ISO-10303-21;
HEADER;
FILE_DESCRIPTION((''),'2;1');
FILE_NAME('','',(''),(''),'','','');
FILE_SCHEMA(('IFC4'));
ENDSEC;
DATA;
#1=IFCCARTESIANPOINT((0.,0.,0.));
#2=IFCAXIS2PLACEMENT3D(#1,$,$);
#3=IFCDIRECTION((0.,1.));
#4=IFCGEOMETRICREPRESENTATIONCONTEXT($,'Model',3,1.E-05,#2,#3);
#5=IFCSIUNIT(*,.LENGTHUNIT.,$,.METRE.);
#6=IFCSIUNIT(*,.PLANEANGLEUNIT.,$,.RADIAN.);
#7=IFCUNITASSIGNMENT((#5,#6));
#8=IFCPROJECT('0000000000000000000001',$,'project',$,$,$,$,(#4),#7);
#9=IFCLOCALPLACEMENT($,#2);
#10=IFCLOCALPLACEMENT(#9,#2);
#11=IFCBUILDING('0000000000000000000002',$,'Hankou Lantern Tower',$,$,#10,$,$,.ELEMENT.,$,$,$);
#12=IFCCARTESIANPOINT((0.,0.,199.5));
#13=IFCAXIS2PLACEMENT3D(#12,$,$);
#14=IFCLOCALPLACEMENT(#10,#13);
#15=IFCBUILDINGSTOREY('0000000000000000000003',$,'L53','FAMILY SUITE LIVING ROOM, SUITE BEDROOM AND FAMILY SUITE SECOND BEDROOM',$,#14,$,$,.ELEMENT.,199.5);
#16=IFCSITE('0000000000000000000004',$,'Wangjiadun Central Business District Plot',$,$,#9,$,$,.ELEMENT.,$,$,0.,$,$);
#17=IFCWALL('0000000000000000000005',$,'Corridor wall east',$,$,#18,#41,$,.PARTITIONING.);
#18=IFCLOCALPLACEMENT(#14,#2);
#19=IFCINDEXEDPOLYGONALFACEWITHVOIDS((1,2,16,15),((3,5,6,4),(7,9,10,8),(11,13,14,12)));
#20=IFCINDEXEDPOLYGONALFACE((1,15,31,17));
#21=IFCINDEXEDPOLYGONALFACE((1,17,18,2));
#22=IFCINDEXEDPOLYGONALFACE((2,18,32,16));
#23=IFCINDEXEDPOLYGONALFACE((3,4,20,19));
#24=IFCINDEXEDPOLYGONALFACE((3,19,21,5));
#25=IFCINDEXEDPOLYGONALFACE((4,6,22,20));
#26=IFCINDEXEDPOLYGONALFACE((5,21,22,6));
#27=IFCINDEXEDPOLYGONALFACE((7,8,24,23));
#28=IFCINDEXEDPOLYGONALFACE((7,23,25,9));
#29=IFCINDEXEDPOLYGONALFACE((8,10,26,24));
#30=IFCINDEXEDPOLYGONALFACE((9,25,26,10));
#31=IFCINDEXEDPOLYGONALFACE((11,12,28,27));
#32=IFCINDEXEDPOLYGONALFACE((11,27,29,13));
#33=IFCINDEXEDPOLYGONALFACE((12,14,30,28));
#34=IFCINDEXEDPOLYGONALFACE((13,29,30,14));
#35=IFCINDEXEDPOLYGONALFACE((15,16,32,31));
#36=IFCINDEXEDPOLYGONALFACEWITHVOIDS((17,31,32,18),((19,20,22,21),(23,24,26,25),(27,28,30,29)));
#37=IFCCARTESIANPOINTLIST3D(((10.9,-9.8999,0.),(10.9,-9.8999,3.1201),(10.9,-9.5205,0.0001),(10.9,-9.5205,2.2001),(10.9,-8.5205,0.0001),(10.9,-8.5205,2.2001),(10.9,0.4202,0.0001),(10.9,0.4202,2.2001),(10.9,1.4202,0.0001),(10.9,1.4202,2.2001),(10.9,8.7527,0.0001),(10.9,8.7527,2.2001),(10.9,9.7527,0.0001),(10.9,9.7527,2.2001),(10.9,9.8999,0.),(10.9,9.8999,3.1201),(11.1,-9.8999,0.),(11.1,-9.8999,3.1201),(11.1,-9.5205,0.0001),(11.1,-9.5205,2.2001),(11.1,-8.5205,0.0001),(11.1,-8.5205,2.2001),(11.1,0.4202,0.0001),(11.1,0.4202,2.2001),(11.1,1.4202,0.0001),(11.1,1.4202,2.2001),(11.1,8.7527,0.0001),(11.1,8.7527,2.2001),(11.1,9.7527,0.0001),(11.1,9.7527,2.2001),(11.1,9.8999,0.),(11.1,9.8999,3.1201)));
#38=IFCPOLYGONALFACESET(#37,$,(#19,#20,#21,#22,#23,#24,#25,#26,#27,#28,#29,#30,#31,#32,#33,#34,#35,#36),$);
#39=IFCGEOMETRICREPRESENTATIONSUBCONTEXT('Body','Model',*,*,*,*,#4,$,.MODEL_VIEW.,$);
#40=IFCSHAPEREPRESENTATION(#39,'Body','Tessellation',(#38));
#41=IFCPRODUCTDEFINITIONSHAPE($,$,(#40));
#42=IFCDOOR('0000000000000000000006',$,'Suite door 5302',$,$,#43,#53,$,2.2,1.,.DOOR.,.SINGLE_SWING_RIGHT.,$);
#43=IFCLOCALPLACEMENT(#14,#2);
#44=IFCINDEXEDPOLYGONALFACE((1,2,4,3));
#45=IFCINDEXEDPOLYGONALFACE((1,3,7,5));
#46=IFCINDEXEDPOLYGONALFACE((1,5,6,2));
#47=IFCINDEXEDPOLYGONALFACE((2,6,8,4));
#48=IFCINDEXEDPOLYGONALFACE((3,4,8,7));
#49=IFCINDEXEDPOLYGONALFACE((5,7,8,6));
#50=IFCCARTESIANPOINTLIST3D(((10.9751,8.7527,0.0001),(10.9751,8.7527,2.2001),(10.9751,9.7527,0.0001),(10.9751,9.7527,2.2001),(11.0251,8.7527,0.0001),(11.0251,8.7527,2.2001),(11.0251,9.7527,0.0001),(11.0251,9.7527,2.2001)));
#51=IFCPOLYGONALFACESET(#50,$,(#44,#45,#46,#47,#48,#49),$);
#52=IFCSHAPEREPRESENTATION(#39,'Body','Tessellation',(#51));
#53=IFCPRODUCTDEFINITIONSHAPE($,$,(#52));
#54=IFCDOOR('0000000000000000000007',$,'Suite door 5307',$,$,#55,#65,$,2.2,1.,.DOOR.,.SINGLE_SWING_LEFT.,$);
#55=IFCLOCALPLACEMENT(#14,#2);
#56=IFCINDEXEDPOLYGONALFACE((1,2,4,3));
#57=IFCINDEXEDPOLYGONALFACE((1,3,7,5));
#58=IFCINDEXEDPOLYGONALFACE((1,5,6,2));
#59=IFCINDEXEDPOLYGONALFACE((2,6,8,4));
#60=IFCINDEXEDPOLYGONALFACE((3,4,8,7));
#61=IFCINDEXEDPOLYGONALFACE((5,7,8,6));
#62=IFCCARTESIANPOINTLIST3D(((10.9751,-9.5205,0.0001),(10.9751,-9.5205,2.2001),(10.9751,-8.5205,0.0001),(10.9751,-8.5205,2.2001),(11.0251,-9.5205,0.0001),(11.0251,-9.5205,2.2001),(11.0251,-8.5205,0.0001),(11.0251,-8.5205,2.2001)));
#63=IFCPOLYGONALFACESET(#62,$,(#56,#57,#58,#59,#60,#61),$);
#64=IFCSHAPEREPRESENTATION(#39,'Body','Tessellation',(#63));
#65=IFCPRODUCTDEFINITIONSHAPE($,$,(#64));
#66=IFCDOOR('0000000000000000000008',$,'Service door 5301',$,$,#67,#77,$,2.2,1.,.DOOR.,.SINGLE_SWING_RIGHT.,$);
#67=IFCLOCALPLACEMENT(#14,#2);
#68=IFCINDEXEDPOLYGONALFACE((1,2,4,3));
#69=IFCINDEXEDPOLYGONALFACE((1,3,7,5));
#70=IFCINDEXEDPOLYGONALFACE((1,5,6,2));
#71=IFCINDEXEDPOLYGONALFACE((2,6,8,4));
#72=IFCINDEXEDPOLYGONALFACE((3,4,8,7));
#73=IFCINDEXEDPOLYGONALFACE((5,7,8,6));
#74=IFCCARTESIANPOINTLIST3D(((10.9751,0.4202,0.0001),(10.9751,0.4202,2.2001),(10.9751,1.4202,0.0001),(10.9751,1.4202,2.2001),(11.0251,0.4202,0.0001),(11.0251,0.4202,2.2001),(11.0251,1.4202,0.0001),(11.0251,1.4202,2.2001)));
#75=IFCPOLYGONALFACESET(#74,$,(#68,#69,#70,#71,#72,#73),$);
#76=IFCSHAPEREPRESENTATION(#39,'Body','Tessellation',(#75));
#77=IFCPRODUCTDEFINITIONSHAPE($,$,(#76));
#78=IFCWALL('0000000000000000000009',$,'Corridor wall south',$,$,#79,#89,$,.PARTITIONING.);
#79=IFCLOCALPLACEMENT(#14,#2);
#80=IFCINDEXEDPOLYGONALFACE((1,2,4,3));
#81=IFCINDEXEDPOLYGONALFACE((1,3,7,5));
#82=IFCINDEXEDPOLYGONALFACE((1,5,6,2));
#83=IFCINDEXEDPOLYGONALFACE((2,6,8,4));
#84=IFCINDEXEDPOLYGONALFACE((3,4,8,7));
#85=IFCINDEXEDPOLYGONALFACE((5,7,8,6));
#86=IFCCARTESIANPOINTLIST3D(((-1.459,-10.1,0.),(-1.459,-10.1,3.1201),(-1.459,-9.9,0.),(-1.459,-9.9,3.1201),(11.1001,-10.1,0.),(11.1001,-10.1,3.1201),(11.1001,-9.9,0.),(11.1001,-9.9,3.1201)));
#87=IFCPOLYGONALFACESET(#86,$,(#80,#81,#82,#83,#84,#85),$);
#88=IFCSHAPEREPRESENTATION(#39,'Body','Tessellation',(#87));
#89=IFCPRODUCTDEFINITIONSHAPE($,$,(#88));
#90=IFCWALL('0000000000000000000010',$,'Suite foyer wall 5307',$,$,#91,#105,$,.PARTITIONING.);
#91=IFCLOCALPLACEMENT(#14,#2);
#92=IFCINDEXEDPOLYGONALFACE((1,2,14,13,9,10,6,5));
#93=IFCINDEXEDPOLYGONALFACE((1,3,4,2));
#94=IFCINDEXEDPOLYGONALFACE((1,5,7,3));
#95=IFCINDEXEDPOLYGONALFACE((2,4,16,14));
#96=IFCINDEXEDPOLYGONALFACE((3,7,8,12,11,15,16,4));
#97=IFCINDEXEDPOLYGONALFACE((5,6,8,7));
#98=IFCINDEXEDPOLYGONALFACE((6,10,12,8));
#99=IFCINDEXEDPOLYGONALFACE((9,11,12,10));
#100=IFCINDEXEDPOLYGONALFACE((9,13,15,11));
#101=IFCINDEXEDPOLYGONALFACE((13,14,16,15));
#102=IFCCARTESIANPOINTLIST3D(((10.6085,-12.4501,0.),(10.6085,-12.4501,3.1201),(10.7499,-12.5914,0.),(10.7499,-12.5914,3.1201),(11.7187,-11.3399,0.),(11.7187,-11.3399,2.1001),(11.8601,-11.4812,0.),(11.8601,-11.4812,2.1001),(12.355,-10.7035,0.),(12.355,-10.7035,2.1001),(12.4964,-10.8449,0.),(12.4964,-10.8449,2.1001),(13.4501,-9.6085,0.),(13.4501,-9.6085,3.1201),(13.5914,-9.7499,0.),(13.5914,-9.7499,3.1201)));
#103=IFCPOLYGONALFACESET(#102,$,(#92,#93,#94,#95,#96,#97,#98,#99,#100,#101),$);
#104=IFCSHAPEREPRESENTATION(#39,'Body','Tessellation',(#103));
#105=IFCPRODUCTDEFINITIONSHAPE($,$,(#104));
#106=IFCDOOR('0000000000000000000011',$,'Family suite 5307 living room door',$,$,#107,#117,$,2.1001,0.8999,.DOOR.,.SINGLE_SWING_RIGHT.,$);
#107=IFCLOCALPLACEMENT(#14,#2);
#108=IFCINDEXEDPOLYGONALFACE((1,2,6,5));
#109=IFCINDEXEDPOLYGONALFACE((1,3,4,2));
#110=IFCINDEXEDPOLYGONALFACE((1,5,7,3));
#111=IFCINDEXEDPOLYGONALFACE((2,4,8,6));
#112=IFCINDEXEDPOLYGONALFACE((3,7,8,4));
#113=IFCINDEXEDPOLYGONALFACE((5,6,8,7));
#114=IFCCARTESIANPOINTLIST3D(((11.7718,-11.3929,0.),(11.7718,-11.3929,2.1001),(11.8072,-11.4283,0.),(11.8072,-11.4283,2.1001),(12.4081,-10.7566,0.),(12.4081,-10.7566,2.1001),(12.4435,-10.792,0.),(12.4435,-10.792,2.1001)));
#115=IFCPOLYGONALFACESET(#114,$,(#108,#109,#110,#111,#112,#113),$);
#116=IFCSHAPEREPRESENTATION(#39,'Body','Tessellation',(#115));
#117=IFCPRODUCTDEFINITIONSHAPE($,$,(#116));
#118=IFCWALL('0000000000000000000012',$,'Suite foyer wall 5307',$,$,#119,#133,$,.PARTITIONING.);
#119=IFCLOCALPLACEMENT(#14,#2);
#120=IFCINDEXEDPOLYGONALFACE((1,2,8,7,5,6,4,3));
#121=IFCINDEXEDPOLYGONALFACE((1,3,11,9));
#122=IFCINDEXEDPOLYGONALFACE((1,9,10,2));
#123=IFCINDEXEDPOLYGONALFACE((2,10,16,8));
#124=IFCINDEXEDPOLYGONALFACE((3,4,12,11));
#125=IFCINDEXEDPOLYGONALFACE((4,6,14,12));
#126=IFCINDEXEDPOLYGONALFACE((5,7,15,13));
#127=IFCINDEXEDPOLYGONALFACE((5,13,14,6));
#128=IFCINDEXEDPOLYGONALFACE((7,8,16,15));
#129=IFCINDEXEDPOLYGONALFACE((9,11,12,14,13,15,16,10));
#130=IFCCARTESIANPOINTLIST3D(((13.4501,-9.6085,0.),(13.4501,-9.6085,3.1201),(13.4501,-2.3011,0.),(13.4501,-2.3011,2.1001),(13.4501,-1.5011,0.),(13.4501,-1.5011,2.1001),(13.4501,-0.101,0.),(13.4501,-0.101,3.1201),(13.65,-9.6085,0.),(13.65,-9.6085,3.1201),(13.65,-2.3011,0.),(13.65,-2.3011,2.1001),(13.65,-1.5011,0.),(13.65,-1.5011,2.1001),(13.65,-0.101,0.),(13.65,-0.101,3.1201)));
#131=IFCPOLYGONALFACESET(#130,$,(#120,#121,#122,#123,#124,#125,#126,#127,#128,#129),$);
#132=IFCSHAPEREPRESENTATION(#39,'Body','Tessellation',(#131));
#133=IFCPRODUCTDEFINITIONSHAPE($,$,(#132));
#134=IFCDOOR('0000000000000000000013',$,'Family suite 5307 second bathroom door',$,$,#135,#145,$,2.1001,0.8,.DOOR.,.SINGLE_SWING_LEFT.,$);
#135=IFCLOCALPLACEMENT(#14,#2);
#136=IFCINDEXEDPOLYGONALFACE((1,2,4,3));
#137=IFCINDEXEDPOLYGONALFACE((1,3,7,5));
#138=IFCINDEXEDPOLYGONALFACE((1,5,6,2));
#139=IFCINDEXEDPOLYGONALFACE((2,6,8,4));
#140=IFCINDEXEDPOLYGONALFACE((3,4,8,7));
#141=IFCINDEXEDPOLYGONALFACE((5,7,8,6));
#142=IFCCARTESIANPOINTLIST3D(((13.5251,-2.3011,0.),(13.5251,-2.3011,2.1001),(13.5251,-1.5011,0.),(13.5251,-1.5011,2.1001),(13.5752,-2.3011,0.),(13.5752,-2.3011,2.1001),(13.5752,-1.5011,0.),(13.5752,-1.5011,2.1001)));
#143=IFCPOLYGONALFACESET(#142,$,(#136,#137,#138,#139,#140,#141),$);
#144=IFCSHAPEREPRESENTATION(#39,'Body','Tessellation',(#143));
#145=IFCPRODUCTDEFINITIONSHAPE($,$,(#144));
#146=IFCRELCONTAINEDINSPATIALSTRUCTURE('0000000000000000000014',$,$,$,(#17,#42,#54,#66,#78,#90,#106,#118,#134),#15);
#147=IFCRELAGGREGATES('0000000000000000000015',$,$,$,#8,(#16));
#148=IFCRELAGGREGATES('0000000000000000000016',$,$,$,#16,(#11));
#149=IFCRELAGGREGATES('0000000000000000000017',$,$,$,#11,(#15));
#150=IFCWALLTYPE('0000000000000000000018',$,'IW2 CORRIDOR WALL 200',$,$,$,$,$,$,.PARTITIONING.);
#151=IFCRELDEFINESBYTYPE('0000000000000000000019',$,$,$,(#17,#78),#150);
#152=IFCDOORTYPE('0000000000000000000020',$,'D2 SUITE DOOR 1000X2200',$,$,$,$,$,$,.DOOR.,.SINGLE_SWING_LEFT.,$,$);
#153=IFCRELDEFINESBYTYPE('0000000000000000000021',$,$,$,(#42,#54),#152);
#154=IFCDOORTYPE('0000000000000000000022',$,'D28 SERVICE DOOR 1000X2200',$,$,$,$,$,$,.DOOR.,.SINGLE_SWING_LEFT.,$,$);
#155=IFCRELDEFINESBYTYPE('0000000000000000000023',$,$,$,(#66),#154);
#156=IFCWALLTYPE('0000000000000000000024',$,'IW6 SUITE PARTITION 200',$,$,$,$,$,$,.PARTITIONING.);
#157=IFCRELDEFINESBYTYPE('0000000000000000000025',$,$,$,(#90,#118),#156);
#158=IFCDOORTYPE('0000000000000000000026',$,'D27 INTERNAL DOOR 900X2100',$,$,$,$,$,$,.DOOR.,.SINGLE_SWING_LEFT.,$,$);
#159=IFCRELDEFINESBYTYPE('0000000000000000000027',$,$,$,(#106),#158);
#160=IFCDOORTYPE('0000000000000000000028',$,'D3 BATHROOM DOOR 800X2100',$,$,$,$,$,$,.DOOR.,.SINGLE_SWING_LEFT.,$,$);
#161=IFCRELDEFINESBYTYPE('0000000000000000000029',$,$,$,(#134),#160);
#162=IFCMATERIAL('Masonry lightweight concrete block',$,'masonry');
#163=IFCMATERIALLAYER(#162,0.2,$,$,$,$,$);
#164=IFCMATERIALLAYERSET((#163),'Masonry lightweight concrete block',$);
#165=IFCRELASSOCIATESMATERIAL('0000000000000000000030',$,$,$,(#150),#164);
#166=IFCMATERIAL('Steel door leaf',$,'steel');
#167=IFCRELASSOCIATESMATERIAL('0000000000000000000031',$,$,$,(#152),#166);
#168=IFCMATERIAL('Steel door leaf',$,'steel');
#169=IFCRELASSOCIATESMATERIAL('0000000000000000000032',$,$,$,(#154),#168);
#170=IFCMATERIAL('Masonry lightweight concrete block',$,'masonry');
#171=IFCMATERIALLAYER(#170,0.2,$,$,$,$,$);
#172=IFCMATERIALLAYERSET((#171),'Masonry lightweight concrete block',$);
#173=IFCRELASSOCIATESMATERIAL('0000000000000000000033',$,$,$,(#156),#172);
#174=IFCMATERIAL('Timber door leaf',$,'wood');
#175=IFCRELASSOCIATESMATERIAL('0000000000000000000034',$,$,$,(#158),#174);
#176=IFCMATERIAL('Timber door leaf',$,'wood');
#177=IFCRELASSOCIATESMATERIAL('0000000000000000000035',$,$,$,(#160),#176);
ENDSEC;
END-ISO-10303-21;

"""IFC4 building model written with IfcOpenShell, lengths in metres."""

from ifc_helpers import new_model, si_unit, direction, frame, frame_2d, origin, place, context, subcontext, project, spatial, rectangle, extrude, material, layer, layer_set, type_object, element, fill, save


model = new_model("IFC4")

# Units and contexts
model_context = context("Model", 3, precision=1e-05, world=origin(), true_north=direction((0.0, 1.0)))
body_context = subcontext(model_context, "Body", "Model", "MODEL_VIEW")
ifc_project = project(units=[si_unit("LENGTHUNIT", "METRE"), si_unit("PLANEANGLEUNIT", "RADIAN")], contexts=[model_context])

# Site, building, storey
site_placement = place(None, origin())
site = spatial("IfcSite", under=ifc_project, at=site_placement, Name="Wangjiadun Central Business District Plot", CompositionType="ELEMENT", RefElevation=0.0)
building_placement = place(site_placement, origin())
building = spatial("IfcBuilding", under=site, at=building_placement, Name="Hankou Lantern Tower", CompositionType="ELEMENT")
storey_placement = place(building_placement, frame((0.0, 0.0, 199.5)))
storey = spatial("IfcBuildingStorey", under=building, at=storey_placement, Name="L53", Description="FAMILY SUITE LIVING ROOM, SUITE BEDROOM AND FAMILY SUITE SECOND BEDROOM", CompositionType="ELEMENT", Elevation=199.5)

# Wall, openings, doors
ifc_material_1 = material(Name="Masonry lightweight concrete block", Category="masonry")
ifc_layer_1 = layer(ifc_material_1, 0.2)
ifc_layer_set_1 = layer_set([ifc_layer_1], Name="Masonry lightweight concrete block")
wall_type_1 = type_object("IfcWallType", Name="IW2 CORRIDOR WALL 200", PredefinedType="PARTITIONING", material=ifc_layer_set_1)
wall_1_placement = place(storey_placement, frame((11.0, -9.8999, 0.0), z_axis=(0.0, 0.0, 1.0), x_axis=(0.0, 1.0, 0.0)))
wall_1 = element("IfcWall", 1, at=wall_1_placement, inside=storey, type_object=wall_type_1, Name="Corridor wall east", PredefinedType="PARTITIONING", context=body_context, shape_type="SweptSolid", body=[
    extrude(rectangle(XDim=19.7998, YDim=0.2, at=frame_2d((9.8999, 0.0))), origin(), (0.0, 0.0, 1.0), 3.1201),
])
opening_1_placement = place(wall_1_placement, frame((10.3201, 0.0, 0.0)))
opening_1 = element("IfcOpeningElement", 2, at=opening_1_placement, cuts=wall_1, PredefinedType="OPENING", context=body_context, shape_type="SweptSolid", body=[
    extrude(rectangle(XDim=1.0, YDim=2.2, at=frame_2d((0.5, 1.1001))), frame((0.0, 0.1099, 0.0), z_axis=(0.0, -1.0, 0.0), x_axis=(1.0, 0.0, 0.0)), (0.0, 0.0, 1.0), 0.22),
])
opening_2_placement = place(wall_1_placement, frame((18.6526, 0.0, 0.0)))
opening_2 = element("IfcOpeningElement", 3, at=opening_2_placement, cuts=wall_1, PredefinedType="OPENING", context=body_context, shape_type="SweptSolid", body=[
    extrude(rectangle(XDim=1.0, YDim=2.2, at=frame_2d((0.5, 1.1001))), frame((0.0, 0.1099, 0.0), z_axis=(0.0, -1.0, 0.0), x_axis=(1.0, 0.0, 0.0)), (0.0, 0.0, 1.0), 0.22),
])
opening_3_placement = place(wall_1_placement, frame((0.3794, 0.0, 0.0)))
opening_3 = element("IfcOpeningElement", 4, at=opening_3_placement, cuts=wall_1, PredefinedType="OPENING", context=body_context, shape_type="SweptSolid", body=[
    extrude(rectangle(XDim=1.0, YDim=2.2, at=frame_2d((0.5, 1.1001))), frame((0.0, 0.1099, 0.0), z_axis=(0.0, -1.0, 0.0), x_axis=(1.0, 0.0, 0.0)), (0.0, 0.0, 1.0), 0.22),
])
ifc_material_2 = material(Name="Steel door leaf", Category="steel")
door_type_1 = type_object("IfcDoorType", Name="D2 SUITE DOOR 1000X2200", OperationType="SINGLE_SWING_LEFT", PredefinedType="DOOR", material=ifc_material_2)
door_1_placement = place(opening_2_placement, origin())
door_1 = element("IfcDoor", 5, at=door_1_placement, inside=storey, type_object=door_type_1, Name="Suite door 5302", OperationType="SINGLE_SWING_RIGHT", OverallHeight=2.2, OverallWidth=1.0, PredefinedType="DOOR", context=body_context, shape_type="SweptSolid", body=[
    extrude(rectangle(XDim=1.0, YDim=2.2, at=frame_2d((0.5, 1.1001))), frame((0.0, 0.0249, 0.0), z_axis=(0.0, -1.0, 0.0), x_axis=(1.0, 0.0, 0.0)), (0.0, 0.0, 1.0), 0.05),
])
fill(opening_2, door_1)
door_2_placement = place(opening_3_placement, origin())
door_2 = element("IfcDoor", 6, at=door_2_placement, inside=storey, type_object=door_type_1, Name="Suite door 5307", OperationType="SINGLE_SWING_LEFT", OverallHeight=2.2, OverallWidth=1.0, PredefinedType="DOOR", context=body_context, shape_type="SweptSolid", body=[
    extrude(rectangle(XDim=1.0, YDim=2.2, at=frame_2d((0.5, 1.1001))), frame((0.0, 0.0249, 0.0), z_axis=(0.0, -1.0, 0.0), x_axis=(1.0, 0.0, 0.0)), (0.0, 0.0, 1.0), 0.05),
])
fill(opening_3, door_2)
ifc_material_3 = material(Name="Steel door leaf", Category="steel")
door_type_2 = type_object("IfcDoorType", Name="D28 SERVICE DOOR 1000X2200", OperationType="SINGLE_SWING_LEFT", PredefinedType="DOOR", material=ifc_material_3)
door_3_placement = place(opening_1_placement, origin())
door_3 = element("IfcDoor", 7, at=door_3_placement, inside=storey, type_object=door_type_2, Name="Service door 5301", OperationType="SINGLE_SWING_RIGHT", OverallHeight=2.2, OverallWidth=1.0, PredefinedType="DOOR", context=body_context, shape_type="SweptSolid", body=[
    extrude(rectangle(XDim=1.0, YDim=2.2, at=frame_2d((0.5, 1.1001))), frame((0.0, 0.0249, 0.0), z_axis=(0.0, -1.0, 0.0), x_axis=(1.0, 0.0, 0.0)), (0.0, 0.0, 1.0), 0.05),
])
fill(opening_1, door_3)

# Wall
wall_2_placement = place(storey_placement, frame((11.1001, -10.0, 0.0), z_axis=(0.0, 0.0, 1.0), x_axis=(-1.0, 0.0, 0.0)))
element("IfcWall", 8, at=wall_2_placement, inside=storey, type_object=wall_type_1, Name="Corridor wall south", PredefinedType="PARTITIONING", context=body_context, shape_type="SweptSolid", body=[
    extrude(rectangle(XDim=12.5591, YDim=0.2, at=frame_2d((6.2795, 0.0))), origin(), (0.0, 0.0, 1.0), 3.1201),
])

# Walls, openings, doors
ifc_material_4 = material(Name="Masonry lightweight concrete block", Category="masonry")
ifc_layer_2 = layer(ifc_material_4, 0.2)
ifc_layer_set_2 = layer_set([ifc_layer_2], Name="Masonry lightweight concrete block")
wall_type_2 = type_object("IfcWallType", Name="IW6 SUITE PARTITION 200", PredefinedType="PARTITIONING", material=ifc_layer_set_2)
wall_3_placement = place(storey_placement, frame((10.6792, -12.5208, 0.0), z_axis=(0.0, 0.0, 1.0), x_axis=(0.707107, 0.707107, 0.0)))
wall_3 = element("IfcWall", 9, at=wall_3_placement, inside=storey, type_object=wall_type_2, Name="Suite foyer wall 5307", PredefinedType="PARTITIONING", context=body_context, shape_type="SweptSolid", body=[
    extrude(rectangle(XDim=4.0186, YDim=0.2, at=frame_2d((2.0093, 0.0))), origin(), (0.0, 0.0, 1.0), 3.1201),
])
opening_4_placement = place(wall_3_placement, frame((1.5701, 0.0, 0.0)))
opening_4 = element("IfcOpeningElement", 10, at=opening_4_placement, cuts=wall_3, PredefinedType="OPENING", context=body_context, shape_type="SweptSolid", body=[
    extrude(rectangle(XDim=0.8999, YDim=2.1001, at=frame_2d((0.45, 1.05))), frame((0.0, 0.1099, 0.0), z_axis=(0.0, -1.0, 0.0), x_axis=(1.0, 0.0, 0.0)), (0.0, 0.0, 1.0), 0.22),
])
ifc_material_5 = material(Name="Timber door leaf", Category="wood")
door_type_3 = type_object("IfcDoorType", Name="D27 INTERNAL DOOR 900X2100", OperationType="SINGLE_SWING_LEFT", PredefinedType="DOOR", material=ifc_material_5)
door_4_placement = place(opening_4_placement, origin())
door_4 = element("IfcDoor", 11, at=door_4_placement, inside=storey, type_object=door_type_3, Name="Family suite 5307 living room door", OperationType="SINGLE_SWING_RIGHT", OverallHeight=2.1001, OverallWidth=0.8999, PredefinedType="DOOR", context=body_context, shape_type="SweptSolid", body=[
    extrude(rectangle(XDim=0.8999, YDim=2.1001, at=frame_2d((0.45, 1.05))), frame((0.0, 0.0249, 0.0), z_axis=(0.0, -1.0, 0.0), x_axis=(1.0, 0.0, 0.0)), (0.0, 0.0, 1.0), 0.05),
])
fill(opening_4, door_4)
wall_4_placement = place(storey_placement, frame((13.55, -9.6086, 0.0), z_axis=(0.0, 0.0, 1.0), x_axis=(0.0, 1.0, 0.0)))
wall_4 = element("IfcWall", 12, at=wall_4_placement, inside=storey, type_object=wall_type_2, Name="Suite foyer wall 5307", PredefinedType="PARTITIONING", context=body_context, shape_type="SweptSolid", body=[
    extrude(rectangle(XDim=9.5076, YDim=0.2, at=frame_2d((4.7539, 0.0))), origin(), (0.0, 0.0, 1.0), 3.1201),
])
opening_5_placement = place(wall_4_placement, frame((7.3076, 0.0, 0.0)))
opening_5 = element("IfcOpeningElement", 13, at=opening_5_placement, cuts=wall_4, PredefinedType="OPENING", context=body_context, shape_type="SweptSolid", body=[
    extrude(rectangle(XDim=0.8, YDim=2.1001, at=frame_2d((0.3999, 1.05))), frame((0.0, 0.1099, 0.0), z_axis=(0.0, -1.0, 0.0), x_axis=(1.0, 0.0, 0.0)), (0.0, 0.0, 1.0), 0.22),
])
ifc_material_6 = material(Name="Timber door leaf", Category="wood")
door_type_4 = type_object("IfcDoorType", Name="D3 BATHROOM DOOR 800X2100", OperationType="SINGLE_SWING_LEFT", PredefinedType="DOOR", material=ifc_material_6)
door_5_placement = place(opening_5_placement, origin())
door_5 = element("IfcDoor", 14, at=door_5_placement, inside=storey, type_object=door_type_4, Name="Family suite 5307 second bathroom door", OperationType="SINGLE_SWING_LEFT", OverallHeight=2.1001, OverallWidth=0.8, PredefinedType="DOOR", context=body_context, shape_type="SweptSolid", body=[
    extrude(rectangle(XDim=0.8, YDim=2.1001, at=frame_2d((0.3999, 1.05))), frame((0.0, 0.0249, 0.0), z_axis=(0.0, -1.0, 0.0), x_axis=(1.0, 0.0, 0.0)), (0.0, 0.0, 1.0), 0.05),
])
fill(opening_5, door_5)

save(model, "model.ifc")
